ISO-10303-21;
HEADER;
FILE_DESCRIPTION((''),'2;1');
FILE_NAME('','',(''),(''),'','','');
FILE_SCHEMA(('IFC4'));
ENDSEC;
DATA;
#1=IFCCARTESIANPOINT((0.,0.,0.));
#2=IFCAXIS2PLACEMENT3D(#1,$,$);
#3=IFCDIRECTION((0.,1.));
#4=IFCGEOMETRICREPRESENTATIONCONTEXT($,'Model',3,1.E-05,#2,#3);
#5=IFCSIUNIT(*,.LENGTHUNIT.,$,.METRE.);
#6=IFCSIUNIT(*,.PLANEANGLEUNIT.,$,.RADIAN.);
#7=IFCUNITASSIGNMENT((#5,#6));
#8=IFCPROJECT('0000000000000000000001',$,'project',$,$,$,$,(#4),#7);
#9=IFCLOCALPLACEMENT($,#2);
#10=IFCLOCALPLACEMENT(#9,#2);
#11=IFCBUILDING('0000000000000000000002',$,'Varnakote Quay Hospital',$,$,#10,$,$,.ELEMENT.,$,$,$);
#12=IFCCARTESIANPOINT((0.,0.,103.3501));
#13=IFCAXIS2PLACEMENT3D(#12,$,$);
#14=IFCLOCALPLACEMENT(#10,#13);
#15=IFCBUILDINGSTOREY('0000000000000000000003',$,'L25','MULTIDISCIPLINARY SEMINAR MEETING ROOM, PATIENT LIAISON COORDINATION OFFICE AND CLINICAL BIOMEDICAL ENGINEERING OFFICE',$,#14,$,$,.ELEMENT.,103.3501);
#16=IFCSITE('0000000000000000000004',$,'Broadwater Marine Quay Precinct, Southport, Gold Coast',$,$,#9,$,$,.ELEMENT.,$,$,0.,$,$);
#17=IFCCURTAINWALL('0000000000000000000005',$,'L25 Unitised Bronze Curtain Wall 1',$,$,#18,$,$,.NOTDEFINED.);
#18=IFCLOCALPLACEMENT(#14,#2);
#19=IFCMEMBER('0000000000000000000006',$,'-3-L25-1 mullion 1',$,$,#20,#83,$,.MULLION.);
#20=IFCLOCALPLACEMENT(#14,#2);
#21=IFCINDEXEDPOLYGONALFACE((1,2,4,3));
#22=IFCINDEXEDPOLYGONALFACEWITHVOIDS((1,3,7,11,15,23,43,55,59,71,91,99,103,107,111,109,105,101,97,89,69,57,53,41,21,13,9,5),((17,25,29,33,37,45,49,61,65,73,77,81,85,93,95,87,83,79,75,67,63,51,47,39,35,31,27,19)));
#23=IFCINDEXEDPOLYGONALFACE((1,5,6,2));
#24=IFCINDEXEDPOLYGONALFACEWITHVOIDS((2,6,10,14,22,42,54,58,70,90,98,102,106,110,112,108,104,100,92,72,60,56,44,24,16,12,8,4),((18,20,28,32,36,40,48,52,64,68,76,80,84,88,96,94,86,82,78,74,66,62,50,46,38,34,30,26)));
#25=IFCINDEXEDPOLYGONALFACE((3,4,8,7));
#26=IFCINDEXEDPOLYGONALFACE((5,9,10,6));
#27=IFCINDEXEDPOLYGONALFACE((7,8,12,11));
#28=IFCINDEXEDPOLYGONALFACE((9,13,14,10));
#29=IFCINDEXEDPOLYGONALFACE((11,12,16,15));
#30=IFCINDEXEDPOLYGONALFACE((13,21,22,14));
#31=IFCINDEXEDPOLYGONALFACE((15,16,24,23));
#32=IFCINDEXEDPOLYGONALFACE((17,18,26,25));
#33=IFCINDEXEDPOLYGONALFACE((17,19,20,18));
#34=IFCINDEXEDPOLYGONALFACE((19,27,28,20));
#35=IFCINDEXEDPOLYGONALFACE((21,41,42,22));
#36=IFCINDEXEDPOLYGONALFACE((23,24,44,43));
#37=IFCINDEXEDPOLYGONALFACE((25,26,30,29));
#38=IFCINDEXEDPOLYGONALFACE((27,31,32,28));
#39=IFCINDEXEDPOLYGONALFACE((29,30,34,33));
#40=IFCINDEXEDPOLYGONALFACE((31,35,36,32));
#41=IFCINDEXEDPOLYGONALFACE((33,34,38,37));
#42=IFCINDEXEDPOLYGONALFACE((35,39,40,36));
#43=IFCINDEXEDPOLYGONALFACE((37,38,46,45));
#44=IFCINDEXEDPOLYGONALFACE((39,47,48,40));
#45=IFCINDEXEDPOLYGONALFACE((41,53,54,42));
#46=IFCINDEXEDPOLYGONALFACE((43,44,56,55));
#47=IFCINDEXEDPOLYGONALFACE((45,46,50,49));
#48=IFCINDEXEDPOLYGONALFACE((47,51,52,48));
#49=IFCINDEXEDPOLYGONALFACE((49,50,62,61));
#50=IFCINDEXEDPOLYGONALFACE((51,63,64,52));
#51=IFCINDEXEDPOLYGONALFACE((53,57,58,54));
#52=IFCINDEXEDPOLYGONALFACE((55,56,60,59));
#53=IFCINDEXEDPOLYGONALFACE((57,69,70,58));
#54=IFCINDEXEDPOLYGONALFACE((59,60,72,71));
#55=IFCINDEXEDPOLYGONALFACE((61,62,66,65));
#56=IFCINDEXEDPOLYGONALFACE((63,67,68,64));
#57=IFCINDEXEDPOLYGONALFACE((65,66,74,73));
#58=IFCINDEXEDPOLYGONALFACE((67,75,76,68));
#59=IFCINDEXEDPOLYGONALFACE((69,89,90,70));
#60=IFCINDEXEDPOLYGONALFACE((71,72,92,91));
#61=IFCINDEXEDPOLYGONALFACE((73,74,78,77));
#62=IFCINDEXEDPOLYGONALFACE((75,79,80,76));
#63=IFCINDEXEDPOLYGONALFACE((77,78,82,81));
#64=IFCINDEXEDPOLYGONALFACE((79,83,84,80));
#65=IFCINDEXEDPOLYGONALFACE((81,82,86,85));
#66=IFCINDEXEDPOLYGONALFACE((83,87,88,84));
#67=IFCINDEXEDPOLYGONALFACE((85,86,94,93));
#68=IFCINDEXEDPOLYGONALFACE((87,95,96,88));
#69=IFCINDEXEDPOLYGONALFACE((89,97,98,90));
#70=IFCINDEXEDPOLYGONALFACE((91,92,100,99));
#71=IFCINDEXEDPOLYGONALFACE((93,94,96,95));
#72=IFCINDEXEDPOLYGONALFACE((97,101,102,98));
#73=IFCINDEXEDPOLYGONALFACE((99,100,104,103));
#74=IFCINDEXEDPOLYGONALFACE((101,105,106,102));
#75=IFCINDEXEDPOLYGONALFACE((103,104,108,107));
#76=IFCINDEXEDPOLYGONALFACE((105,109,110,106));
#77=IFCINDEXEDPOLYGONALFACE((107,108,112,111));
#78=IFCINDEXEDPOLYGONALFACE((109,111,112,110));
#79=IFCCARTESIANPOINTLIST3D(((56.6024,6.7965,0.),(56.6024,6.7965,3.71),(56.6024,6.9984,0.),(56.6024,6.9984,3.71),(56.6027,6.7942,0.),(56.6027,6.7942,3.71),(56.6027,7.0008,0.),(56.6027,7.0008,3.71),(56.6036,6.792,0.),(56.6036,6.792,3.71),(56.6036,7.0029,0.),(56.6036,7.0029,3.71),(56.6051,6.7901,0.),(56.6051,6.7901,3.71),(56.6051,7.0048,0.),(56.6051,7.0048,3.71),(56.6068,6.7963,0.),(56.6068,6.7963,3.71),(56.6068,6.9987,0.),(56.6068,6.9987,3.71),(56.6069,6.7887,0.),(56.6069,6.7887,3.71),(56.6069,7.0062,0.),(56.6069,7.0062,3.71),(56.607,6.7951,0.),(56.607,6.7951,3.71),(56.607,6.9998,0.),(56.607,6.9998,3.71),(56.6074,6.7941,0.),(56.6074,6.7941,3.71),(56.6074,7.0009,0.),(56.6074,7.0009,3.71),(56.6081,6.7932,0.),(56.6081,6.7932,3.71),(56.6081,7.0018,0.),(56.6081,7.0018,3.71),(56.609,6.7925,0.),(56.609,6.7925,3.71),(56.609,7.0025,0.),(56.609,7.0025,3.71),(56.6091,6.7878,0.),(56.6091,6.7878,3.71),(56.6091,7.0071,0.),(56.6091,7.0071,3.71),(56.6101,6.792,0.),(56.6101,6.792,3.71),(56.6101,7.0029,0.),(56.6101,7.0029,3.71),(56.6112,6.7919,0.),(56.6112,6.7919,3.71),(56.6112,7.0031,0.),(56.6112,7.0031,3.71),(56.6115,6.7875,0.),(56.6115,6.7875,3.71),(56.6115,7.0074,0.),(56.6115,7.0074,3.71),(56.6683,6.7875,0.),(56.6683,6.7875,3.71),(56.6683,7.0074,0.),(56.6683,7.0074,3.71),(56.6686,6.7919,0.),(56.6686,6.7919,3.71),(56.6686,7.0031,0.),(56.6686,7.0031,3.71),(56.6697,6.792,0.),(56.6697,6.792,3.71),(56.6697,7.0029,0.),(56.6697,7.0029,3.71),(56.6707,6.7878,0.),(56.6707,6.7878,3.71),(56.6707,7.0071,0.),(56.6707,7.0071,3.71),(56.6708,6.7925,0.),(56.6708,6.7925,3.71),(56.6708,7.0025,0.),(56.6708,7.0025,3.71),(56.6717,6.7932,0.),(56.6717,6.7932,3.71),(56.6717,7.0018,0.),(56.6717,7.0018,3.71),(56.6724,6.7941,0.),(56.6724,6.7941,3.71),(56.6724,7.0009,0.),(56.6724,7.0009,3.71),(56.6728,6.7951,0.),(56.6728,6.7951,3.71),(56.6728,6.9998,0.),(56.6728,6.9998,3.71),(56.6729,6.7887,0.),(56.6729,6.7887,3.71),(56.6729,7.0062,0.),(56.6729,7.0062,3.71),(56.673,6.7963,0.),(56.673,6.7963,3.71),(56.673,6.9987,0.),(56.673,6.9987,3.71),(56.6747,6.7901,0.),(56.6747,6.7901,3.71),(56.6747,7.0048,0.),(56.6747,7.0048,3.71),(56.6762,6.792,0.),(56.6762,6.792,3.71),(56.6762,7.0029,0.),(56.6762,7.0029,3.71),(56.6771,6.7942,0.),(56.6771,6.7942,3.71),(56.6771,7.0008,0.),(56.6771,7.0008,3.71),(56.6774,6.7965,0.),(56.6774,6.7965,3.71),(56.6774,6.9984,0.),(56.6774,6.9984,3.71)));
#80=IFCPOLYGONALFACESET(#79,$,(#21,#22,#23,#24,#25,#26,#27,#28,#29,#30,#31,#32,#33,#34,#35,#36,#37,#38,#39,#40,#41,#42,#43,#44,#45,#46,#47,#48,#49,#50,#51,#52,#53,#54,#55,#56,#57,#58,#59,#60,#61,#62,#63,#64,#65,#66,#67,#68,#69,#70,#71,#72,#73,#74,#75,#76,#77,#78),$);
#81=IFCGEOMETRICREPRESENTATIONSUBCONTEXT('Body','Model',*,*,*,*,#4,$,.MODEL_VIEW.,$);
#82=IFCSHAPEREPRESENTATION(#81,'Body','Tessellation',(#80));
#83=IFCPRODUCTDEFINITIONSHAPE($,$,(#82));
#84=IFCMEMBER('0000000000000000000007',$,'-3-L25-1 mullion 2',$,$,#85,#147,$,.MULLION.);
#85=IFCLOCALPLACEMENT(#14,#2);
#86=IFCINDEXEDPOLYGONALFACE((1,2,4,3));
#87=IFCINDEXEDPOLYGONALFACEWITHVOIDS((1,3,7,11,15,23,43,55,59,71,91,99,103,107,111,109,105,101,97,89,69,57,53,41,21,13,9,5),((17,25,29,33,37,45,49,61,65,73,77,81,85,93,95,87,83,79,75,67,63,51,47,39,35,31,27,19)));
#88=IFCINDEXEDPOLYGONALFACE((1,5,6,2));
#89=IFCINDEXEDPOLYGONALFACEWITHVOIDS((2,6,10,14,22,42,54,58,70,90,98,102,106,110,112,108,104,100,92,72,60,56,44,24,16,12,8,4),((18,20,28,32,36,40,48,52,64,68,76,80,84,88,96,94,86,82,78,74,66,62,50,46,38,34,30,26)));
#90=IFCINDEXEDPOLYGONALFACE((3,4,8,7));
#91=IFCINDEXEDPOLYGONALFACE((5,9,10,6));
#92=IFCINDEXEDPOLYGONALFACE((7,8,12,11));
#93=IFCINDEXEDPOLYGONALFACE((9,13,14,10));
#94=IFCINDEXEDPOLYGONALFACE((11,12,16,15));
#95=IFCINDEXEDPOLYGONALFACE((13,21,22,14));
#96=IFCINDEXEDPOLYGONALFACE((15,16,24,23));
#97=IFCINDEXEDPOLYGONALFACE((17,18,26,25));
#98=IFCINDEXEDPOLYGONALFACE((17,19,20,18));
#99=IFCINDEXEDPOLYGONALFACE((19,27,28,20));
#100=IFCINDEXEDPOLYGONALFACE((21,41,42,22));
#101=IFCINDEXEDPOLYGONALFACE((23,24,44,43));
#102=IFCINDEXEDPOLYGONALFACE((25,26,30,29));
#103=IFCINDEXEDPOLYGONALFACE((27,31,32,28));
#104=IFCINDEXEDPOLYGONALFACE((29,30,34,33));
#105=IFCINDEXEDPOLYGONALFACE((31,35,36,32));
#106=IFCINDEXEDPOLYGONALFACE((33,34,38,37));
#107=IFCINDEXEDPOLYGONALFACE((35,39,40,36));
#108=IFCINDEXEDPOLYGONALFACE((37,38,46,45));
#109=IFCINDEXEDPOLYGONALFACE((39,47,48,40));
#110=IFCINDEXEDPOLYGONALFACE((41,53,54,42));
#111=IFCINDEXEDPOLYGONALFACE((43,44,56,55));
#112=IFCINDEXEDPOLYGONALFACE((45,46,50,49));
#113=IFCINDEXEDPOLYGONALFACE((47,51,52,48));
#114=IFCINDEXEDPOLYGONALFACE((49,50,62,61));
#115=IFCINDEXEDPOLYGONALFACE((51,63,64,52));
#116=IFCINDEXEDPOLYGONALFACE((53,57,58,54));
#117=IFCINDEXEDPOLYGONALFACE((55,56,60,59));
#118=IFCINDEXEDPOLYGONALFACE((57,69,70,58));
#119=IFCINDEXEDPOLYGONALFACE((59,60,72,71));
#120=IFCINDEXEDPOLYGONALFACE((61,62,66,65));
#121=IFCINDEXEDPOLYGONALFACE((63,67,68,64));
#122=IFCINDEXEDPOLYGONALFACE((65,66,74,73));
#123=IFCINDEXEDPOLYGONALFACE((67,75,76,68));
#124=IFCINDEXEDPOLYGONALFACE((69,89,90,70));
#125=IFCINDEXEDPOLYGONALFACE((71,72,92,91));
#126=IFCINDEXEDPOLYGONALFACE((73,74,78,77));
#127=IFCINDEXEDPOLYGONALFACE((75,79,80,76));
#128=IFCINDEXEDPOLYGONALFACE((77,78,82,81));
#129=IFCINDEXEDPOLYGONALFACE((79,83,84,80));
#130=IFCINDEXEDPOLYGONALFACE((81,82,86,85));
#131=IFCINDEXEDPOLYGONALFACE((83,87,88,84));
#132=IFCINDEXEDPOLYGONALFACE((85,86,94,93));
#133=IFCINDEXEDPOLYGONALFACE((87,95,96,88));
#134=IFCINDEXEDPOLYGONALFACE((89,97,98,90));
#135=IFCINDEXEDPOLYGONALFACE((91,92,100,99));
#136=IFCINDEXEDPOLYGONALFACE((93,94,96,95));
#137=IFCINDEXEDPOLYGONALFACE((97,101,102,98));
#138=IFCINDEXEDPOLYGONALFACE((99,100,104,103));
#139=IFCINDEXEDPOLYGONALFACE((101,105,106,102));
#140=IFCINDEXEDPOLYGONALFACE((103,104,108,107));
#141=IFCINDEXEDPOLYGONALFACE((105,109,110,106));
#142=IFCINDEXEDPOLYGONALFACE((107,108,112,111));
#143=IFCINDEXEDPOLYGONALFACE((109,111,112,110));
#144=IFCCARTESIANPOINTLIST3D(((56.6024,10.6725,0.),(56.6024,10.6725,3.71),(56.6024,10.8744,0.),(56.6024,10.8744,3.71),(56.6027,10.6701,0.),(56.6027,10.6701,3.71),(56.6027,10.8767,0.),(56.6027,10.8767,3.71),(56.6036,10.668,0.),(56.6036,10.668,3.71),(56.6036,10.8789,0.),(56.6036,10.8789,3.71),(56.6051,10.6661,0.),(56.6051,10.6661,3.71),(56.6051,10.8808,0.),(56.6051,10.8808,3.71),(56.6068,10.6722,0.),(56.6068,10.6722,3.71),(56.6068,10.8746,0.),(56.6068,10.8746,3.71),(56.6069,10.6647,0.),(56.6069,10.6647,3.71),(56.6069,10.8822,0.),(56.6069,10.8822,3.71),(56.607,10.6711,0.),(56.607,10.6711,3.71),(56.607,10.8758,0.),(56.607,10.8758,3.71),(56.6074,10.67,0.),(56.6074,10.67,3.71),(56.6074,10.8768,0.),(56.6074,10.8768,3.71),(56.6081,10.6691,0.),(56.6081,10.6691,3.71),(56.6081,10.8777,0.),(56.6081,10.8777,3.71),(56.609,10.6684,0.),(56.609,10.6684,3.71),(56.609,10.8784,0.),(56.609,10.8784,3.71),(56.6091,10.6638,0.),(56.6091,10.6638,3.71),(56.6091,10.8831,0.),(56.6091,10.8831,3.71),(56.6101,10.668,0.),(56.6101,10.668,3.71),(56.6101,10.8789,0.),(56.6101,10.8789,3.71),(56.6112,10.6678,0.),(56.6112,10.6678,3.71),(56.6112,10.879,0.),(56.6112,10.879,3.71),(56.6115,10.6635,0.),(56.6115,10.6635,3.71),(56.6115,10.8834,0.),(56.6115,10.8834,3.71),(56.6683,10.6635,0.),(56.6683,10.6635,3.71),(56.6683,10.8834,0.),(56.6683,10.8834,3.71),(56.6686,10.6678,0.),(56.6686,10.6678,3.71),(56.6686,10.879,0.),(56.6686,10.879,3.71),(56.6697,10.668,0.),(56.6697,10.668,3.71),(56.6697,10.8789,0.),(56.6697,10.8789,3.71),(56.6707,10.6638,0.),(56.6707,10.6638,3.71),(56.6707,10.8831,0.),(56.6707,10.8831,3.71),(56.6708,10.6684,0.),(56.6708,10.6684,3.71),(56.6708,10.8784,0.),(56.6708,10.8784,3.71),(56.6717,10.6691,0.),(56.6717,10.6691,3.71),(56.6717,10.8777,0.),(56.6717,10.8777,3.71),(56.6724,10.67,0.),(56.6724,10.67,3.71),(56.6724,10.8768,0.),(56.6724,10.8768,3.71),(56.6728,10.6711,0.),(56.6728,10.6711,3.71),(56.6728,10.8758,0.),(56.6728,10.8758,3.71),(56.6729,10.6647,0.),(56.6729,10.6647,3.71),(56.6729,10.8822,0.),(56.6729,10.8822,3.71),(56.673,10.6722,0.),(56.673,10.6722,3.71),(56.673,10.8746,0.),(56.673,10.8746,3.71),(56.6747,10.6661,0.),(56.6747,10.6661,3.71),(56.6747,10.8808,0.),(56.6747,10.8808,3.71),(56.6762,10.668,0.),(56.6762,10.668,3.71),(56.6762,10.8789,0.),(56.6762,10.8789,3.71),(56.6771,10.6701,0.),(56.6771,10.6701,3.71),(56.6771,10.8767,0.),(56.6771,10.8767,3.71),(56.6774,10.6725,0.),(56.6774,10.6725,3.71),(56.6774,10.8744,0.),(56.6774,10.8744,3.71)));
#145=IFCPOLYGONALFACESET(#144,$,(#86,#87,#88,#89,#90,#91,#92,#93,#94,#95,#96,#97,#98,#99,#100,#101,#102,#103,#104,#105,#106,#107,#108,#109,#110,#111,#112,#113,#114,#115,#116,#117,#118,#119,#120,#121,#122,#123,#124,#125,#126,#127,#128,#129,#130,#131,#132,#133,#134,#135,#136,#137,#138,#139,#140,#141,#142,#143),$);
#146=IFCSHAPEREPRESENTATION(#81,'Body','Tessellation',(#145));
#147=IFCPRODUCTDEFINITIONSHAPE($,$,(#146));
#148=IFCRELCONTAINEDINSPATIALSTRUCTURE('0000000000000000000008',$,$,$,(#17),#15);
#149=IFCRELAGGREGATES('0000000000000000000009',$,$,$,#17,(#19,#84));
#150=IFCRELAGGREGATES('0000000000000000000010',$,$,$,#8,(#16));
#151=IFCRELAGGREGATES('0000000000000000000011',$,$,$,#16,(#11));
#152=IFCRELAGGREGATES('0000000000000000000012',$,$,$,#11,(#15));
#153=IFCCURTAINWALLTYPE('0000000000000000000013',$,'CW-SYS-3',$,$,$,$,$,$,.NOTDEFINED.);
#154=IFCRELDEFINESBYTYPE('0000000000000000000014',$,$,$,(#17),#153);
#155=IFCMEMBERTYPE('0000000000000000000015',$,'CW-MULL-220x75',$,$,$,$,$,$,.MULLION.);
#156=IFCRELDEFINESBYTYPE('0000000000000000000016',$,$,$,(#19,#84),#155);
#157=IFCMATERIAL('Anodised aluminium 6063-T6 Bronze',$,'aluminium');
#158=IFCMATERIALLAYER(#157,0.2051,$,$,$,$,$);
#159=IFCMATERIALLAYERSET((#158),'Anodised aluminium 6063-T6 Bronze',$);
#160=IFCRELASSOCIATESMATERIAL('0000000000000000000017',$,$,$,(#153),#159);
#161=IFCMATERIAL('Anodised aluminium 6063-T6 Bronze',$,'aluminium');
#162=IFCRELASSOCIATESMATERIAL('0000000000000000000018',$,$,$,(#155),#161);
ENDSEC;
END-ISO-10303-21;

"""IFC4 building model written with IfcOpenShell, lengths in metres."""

from ifc_helpers import new_model, si_unit, direction, frame, origin, origin_2d, place, context, subcontext, project, spatial, hollow_rectangle, extrude, material, layer, layer_set, material_profile, profile_set, type_object, element, aggregate, save


model = new_model("IFC4")

# Units and contexts
model_context = context("Model", 3, precision=1e-05, world=origin(), true_north=direction((0.0, 1.0)))
body_context = subcontext(model_context, "Body", "Model", "MODEL_VIEW")
ifc_project = project(units=[si_unit("LENGTHUNIT", "METRE"), si_unit("PLANEANGLEUNIT", "RADIAN")], contexts=[model_context])

# Site, building, storey
site_placement = place(None, origin())
site = spatial("IfcSite", under=ifc_project, at=site_placement, Name="Broadwater Marine Quay Precinct, Southport, Gold Coast", CompositionType="ELEMENT", RefElevation=0.0)
building_placement = place(site_placement, origin())
building = spatial("IfcBuilding", under=site, at=building_placement, Name="Varnakote Quay Hospital", CompositionType="ELEMENT")
storey_placement = place(building_placement, frame((0.0, 0.0, 103.3501)))
storey = spatial("IfcBuildingStorey", under=building, at=storey_placement, Name="L25", Description="MULTIDISCIPLINARY SEMINAR MEETING ROOM, PATIENT LIAISON COORDINATION OFFICE AND CLINICAL BIOMEDICAL ENGINEERING OFFICE", CompositionType="ELEMENT", Elevation=103.3501)

# Curtain wall, members
ifc_material_1 = material(Name="Anodised aluminium 6063-T6 Bronze", Category="aluminium")
ifc_layer_1 = layer(ifc_material_1, 0.2051)
ifc_layer_set_1 = layer_set([ifc_layer_1], Name="Anodised aluminium 6063-T6 Bronze")
curtain_wall_type = type_object("IfcCurtainWallType", Name="CW-SYS-3", PredefinedType="NOTDEFINED", material=ifc_layer_set_1)
curtain_wall_placement = place(storey_placement, origin())
curtain_wall = element("IfcCurtainWall", 1, at=curtain_wall_placement, inside=storey, type_object=curtain_wall_type, Name="L25 Unitised Bronze Curtain Wall 1", PredefinedType="NOTDEFINED")
ifc_material_2 = material(Name="Anodised aluminium 6063-T6 Bronze", Category="aluminium")
ifc_material_profile_1 = material_profile(ifc_material_2, hollow_rectangle(XDim=0.075, YDim=0.22, WallThickness=0.0044, InnerFilletRadius=0.0044, OuterFilletRadius=0.009, at=origin_2d()), Name="CW-MULL-220x75")
ifc_profile_set_1 = profile_set([ifc_material_profile_1], Name="Anodised aluminium 6063-T6 Bronze")
member_type_1 = type_object("IfcMemberType", Name="CW-MULL-220x75", PredefinedType="MULLION", material=ifc_profile_set_1)
member_1_placement = place(storey_placement, frame((56.6399, 6.8975, 0.0), z_axis=(0.0, 0.0, 1.0), x_axis=(-1.0, 0.0, 0.0)))
member_1 = element("IfcMember", 2, at=member_1_placement, type_object=member_type_1, Name="-3-L25-1 mullion 1", PredefinedType="MULLION", context=body_context, shape_type="SweptSolid", body=[
    extrude(hollow_rectangle(XDim=0.075, YDim=0.22, WallThickness=0.0044, InnerFilletRadius=0.0044, OuterFilletRadius=0.009, at=origin_2d()), origin(), (0.0, 0.0, 1.0), 3.71),
])
member_2_placement = place(storey_placement, frame((56.6399, 10.7734, 0.0), z_axis=(0.0, 0.0, 1.0), x_axis=(-1.0, 0.0, 0.0)))
member_2 = element("IfcMember", 3, at=member_2_placement, type_object=member_type_1, Name="-3-L25-1 mullion 2", PredefinedType="MULLION", context=body_context, shape_type="SweptSolid", body=[
    extrude(hollow_rectangle(XDim=0.075, YDim=0.22, WallThickness=0.0044, InnerFilletRadius=0.0044, OuterFilletRadius=0.009, at=origin_2d()), origin(), (0.0, 0.0, 1.0), 3.71),
])
aggregate(curtain_wall, [member_1, member_2])

save(model, "model.ifc")
